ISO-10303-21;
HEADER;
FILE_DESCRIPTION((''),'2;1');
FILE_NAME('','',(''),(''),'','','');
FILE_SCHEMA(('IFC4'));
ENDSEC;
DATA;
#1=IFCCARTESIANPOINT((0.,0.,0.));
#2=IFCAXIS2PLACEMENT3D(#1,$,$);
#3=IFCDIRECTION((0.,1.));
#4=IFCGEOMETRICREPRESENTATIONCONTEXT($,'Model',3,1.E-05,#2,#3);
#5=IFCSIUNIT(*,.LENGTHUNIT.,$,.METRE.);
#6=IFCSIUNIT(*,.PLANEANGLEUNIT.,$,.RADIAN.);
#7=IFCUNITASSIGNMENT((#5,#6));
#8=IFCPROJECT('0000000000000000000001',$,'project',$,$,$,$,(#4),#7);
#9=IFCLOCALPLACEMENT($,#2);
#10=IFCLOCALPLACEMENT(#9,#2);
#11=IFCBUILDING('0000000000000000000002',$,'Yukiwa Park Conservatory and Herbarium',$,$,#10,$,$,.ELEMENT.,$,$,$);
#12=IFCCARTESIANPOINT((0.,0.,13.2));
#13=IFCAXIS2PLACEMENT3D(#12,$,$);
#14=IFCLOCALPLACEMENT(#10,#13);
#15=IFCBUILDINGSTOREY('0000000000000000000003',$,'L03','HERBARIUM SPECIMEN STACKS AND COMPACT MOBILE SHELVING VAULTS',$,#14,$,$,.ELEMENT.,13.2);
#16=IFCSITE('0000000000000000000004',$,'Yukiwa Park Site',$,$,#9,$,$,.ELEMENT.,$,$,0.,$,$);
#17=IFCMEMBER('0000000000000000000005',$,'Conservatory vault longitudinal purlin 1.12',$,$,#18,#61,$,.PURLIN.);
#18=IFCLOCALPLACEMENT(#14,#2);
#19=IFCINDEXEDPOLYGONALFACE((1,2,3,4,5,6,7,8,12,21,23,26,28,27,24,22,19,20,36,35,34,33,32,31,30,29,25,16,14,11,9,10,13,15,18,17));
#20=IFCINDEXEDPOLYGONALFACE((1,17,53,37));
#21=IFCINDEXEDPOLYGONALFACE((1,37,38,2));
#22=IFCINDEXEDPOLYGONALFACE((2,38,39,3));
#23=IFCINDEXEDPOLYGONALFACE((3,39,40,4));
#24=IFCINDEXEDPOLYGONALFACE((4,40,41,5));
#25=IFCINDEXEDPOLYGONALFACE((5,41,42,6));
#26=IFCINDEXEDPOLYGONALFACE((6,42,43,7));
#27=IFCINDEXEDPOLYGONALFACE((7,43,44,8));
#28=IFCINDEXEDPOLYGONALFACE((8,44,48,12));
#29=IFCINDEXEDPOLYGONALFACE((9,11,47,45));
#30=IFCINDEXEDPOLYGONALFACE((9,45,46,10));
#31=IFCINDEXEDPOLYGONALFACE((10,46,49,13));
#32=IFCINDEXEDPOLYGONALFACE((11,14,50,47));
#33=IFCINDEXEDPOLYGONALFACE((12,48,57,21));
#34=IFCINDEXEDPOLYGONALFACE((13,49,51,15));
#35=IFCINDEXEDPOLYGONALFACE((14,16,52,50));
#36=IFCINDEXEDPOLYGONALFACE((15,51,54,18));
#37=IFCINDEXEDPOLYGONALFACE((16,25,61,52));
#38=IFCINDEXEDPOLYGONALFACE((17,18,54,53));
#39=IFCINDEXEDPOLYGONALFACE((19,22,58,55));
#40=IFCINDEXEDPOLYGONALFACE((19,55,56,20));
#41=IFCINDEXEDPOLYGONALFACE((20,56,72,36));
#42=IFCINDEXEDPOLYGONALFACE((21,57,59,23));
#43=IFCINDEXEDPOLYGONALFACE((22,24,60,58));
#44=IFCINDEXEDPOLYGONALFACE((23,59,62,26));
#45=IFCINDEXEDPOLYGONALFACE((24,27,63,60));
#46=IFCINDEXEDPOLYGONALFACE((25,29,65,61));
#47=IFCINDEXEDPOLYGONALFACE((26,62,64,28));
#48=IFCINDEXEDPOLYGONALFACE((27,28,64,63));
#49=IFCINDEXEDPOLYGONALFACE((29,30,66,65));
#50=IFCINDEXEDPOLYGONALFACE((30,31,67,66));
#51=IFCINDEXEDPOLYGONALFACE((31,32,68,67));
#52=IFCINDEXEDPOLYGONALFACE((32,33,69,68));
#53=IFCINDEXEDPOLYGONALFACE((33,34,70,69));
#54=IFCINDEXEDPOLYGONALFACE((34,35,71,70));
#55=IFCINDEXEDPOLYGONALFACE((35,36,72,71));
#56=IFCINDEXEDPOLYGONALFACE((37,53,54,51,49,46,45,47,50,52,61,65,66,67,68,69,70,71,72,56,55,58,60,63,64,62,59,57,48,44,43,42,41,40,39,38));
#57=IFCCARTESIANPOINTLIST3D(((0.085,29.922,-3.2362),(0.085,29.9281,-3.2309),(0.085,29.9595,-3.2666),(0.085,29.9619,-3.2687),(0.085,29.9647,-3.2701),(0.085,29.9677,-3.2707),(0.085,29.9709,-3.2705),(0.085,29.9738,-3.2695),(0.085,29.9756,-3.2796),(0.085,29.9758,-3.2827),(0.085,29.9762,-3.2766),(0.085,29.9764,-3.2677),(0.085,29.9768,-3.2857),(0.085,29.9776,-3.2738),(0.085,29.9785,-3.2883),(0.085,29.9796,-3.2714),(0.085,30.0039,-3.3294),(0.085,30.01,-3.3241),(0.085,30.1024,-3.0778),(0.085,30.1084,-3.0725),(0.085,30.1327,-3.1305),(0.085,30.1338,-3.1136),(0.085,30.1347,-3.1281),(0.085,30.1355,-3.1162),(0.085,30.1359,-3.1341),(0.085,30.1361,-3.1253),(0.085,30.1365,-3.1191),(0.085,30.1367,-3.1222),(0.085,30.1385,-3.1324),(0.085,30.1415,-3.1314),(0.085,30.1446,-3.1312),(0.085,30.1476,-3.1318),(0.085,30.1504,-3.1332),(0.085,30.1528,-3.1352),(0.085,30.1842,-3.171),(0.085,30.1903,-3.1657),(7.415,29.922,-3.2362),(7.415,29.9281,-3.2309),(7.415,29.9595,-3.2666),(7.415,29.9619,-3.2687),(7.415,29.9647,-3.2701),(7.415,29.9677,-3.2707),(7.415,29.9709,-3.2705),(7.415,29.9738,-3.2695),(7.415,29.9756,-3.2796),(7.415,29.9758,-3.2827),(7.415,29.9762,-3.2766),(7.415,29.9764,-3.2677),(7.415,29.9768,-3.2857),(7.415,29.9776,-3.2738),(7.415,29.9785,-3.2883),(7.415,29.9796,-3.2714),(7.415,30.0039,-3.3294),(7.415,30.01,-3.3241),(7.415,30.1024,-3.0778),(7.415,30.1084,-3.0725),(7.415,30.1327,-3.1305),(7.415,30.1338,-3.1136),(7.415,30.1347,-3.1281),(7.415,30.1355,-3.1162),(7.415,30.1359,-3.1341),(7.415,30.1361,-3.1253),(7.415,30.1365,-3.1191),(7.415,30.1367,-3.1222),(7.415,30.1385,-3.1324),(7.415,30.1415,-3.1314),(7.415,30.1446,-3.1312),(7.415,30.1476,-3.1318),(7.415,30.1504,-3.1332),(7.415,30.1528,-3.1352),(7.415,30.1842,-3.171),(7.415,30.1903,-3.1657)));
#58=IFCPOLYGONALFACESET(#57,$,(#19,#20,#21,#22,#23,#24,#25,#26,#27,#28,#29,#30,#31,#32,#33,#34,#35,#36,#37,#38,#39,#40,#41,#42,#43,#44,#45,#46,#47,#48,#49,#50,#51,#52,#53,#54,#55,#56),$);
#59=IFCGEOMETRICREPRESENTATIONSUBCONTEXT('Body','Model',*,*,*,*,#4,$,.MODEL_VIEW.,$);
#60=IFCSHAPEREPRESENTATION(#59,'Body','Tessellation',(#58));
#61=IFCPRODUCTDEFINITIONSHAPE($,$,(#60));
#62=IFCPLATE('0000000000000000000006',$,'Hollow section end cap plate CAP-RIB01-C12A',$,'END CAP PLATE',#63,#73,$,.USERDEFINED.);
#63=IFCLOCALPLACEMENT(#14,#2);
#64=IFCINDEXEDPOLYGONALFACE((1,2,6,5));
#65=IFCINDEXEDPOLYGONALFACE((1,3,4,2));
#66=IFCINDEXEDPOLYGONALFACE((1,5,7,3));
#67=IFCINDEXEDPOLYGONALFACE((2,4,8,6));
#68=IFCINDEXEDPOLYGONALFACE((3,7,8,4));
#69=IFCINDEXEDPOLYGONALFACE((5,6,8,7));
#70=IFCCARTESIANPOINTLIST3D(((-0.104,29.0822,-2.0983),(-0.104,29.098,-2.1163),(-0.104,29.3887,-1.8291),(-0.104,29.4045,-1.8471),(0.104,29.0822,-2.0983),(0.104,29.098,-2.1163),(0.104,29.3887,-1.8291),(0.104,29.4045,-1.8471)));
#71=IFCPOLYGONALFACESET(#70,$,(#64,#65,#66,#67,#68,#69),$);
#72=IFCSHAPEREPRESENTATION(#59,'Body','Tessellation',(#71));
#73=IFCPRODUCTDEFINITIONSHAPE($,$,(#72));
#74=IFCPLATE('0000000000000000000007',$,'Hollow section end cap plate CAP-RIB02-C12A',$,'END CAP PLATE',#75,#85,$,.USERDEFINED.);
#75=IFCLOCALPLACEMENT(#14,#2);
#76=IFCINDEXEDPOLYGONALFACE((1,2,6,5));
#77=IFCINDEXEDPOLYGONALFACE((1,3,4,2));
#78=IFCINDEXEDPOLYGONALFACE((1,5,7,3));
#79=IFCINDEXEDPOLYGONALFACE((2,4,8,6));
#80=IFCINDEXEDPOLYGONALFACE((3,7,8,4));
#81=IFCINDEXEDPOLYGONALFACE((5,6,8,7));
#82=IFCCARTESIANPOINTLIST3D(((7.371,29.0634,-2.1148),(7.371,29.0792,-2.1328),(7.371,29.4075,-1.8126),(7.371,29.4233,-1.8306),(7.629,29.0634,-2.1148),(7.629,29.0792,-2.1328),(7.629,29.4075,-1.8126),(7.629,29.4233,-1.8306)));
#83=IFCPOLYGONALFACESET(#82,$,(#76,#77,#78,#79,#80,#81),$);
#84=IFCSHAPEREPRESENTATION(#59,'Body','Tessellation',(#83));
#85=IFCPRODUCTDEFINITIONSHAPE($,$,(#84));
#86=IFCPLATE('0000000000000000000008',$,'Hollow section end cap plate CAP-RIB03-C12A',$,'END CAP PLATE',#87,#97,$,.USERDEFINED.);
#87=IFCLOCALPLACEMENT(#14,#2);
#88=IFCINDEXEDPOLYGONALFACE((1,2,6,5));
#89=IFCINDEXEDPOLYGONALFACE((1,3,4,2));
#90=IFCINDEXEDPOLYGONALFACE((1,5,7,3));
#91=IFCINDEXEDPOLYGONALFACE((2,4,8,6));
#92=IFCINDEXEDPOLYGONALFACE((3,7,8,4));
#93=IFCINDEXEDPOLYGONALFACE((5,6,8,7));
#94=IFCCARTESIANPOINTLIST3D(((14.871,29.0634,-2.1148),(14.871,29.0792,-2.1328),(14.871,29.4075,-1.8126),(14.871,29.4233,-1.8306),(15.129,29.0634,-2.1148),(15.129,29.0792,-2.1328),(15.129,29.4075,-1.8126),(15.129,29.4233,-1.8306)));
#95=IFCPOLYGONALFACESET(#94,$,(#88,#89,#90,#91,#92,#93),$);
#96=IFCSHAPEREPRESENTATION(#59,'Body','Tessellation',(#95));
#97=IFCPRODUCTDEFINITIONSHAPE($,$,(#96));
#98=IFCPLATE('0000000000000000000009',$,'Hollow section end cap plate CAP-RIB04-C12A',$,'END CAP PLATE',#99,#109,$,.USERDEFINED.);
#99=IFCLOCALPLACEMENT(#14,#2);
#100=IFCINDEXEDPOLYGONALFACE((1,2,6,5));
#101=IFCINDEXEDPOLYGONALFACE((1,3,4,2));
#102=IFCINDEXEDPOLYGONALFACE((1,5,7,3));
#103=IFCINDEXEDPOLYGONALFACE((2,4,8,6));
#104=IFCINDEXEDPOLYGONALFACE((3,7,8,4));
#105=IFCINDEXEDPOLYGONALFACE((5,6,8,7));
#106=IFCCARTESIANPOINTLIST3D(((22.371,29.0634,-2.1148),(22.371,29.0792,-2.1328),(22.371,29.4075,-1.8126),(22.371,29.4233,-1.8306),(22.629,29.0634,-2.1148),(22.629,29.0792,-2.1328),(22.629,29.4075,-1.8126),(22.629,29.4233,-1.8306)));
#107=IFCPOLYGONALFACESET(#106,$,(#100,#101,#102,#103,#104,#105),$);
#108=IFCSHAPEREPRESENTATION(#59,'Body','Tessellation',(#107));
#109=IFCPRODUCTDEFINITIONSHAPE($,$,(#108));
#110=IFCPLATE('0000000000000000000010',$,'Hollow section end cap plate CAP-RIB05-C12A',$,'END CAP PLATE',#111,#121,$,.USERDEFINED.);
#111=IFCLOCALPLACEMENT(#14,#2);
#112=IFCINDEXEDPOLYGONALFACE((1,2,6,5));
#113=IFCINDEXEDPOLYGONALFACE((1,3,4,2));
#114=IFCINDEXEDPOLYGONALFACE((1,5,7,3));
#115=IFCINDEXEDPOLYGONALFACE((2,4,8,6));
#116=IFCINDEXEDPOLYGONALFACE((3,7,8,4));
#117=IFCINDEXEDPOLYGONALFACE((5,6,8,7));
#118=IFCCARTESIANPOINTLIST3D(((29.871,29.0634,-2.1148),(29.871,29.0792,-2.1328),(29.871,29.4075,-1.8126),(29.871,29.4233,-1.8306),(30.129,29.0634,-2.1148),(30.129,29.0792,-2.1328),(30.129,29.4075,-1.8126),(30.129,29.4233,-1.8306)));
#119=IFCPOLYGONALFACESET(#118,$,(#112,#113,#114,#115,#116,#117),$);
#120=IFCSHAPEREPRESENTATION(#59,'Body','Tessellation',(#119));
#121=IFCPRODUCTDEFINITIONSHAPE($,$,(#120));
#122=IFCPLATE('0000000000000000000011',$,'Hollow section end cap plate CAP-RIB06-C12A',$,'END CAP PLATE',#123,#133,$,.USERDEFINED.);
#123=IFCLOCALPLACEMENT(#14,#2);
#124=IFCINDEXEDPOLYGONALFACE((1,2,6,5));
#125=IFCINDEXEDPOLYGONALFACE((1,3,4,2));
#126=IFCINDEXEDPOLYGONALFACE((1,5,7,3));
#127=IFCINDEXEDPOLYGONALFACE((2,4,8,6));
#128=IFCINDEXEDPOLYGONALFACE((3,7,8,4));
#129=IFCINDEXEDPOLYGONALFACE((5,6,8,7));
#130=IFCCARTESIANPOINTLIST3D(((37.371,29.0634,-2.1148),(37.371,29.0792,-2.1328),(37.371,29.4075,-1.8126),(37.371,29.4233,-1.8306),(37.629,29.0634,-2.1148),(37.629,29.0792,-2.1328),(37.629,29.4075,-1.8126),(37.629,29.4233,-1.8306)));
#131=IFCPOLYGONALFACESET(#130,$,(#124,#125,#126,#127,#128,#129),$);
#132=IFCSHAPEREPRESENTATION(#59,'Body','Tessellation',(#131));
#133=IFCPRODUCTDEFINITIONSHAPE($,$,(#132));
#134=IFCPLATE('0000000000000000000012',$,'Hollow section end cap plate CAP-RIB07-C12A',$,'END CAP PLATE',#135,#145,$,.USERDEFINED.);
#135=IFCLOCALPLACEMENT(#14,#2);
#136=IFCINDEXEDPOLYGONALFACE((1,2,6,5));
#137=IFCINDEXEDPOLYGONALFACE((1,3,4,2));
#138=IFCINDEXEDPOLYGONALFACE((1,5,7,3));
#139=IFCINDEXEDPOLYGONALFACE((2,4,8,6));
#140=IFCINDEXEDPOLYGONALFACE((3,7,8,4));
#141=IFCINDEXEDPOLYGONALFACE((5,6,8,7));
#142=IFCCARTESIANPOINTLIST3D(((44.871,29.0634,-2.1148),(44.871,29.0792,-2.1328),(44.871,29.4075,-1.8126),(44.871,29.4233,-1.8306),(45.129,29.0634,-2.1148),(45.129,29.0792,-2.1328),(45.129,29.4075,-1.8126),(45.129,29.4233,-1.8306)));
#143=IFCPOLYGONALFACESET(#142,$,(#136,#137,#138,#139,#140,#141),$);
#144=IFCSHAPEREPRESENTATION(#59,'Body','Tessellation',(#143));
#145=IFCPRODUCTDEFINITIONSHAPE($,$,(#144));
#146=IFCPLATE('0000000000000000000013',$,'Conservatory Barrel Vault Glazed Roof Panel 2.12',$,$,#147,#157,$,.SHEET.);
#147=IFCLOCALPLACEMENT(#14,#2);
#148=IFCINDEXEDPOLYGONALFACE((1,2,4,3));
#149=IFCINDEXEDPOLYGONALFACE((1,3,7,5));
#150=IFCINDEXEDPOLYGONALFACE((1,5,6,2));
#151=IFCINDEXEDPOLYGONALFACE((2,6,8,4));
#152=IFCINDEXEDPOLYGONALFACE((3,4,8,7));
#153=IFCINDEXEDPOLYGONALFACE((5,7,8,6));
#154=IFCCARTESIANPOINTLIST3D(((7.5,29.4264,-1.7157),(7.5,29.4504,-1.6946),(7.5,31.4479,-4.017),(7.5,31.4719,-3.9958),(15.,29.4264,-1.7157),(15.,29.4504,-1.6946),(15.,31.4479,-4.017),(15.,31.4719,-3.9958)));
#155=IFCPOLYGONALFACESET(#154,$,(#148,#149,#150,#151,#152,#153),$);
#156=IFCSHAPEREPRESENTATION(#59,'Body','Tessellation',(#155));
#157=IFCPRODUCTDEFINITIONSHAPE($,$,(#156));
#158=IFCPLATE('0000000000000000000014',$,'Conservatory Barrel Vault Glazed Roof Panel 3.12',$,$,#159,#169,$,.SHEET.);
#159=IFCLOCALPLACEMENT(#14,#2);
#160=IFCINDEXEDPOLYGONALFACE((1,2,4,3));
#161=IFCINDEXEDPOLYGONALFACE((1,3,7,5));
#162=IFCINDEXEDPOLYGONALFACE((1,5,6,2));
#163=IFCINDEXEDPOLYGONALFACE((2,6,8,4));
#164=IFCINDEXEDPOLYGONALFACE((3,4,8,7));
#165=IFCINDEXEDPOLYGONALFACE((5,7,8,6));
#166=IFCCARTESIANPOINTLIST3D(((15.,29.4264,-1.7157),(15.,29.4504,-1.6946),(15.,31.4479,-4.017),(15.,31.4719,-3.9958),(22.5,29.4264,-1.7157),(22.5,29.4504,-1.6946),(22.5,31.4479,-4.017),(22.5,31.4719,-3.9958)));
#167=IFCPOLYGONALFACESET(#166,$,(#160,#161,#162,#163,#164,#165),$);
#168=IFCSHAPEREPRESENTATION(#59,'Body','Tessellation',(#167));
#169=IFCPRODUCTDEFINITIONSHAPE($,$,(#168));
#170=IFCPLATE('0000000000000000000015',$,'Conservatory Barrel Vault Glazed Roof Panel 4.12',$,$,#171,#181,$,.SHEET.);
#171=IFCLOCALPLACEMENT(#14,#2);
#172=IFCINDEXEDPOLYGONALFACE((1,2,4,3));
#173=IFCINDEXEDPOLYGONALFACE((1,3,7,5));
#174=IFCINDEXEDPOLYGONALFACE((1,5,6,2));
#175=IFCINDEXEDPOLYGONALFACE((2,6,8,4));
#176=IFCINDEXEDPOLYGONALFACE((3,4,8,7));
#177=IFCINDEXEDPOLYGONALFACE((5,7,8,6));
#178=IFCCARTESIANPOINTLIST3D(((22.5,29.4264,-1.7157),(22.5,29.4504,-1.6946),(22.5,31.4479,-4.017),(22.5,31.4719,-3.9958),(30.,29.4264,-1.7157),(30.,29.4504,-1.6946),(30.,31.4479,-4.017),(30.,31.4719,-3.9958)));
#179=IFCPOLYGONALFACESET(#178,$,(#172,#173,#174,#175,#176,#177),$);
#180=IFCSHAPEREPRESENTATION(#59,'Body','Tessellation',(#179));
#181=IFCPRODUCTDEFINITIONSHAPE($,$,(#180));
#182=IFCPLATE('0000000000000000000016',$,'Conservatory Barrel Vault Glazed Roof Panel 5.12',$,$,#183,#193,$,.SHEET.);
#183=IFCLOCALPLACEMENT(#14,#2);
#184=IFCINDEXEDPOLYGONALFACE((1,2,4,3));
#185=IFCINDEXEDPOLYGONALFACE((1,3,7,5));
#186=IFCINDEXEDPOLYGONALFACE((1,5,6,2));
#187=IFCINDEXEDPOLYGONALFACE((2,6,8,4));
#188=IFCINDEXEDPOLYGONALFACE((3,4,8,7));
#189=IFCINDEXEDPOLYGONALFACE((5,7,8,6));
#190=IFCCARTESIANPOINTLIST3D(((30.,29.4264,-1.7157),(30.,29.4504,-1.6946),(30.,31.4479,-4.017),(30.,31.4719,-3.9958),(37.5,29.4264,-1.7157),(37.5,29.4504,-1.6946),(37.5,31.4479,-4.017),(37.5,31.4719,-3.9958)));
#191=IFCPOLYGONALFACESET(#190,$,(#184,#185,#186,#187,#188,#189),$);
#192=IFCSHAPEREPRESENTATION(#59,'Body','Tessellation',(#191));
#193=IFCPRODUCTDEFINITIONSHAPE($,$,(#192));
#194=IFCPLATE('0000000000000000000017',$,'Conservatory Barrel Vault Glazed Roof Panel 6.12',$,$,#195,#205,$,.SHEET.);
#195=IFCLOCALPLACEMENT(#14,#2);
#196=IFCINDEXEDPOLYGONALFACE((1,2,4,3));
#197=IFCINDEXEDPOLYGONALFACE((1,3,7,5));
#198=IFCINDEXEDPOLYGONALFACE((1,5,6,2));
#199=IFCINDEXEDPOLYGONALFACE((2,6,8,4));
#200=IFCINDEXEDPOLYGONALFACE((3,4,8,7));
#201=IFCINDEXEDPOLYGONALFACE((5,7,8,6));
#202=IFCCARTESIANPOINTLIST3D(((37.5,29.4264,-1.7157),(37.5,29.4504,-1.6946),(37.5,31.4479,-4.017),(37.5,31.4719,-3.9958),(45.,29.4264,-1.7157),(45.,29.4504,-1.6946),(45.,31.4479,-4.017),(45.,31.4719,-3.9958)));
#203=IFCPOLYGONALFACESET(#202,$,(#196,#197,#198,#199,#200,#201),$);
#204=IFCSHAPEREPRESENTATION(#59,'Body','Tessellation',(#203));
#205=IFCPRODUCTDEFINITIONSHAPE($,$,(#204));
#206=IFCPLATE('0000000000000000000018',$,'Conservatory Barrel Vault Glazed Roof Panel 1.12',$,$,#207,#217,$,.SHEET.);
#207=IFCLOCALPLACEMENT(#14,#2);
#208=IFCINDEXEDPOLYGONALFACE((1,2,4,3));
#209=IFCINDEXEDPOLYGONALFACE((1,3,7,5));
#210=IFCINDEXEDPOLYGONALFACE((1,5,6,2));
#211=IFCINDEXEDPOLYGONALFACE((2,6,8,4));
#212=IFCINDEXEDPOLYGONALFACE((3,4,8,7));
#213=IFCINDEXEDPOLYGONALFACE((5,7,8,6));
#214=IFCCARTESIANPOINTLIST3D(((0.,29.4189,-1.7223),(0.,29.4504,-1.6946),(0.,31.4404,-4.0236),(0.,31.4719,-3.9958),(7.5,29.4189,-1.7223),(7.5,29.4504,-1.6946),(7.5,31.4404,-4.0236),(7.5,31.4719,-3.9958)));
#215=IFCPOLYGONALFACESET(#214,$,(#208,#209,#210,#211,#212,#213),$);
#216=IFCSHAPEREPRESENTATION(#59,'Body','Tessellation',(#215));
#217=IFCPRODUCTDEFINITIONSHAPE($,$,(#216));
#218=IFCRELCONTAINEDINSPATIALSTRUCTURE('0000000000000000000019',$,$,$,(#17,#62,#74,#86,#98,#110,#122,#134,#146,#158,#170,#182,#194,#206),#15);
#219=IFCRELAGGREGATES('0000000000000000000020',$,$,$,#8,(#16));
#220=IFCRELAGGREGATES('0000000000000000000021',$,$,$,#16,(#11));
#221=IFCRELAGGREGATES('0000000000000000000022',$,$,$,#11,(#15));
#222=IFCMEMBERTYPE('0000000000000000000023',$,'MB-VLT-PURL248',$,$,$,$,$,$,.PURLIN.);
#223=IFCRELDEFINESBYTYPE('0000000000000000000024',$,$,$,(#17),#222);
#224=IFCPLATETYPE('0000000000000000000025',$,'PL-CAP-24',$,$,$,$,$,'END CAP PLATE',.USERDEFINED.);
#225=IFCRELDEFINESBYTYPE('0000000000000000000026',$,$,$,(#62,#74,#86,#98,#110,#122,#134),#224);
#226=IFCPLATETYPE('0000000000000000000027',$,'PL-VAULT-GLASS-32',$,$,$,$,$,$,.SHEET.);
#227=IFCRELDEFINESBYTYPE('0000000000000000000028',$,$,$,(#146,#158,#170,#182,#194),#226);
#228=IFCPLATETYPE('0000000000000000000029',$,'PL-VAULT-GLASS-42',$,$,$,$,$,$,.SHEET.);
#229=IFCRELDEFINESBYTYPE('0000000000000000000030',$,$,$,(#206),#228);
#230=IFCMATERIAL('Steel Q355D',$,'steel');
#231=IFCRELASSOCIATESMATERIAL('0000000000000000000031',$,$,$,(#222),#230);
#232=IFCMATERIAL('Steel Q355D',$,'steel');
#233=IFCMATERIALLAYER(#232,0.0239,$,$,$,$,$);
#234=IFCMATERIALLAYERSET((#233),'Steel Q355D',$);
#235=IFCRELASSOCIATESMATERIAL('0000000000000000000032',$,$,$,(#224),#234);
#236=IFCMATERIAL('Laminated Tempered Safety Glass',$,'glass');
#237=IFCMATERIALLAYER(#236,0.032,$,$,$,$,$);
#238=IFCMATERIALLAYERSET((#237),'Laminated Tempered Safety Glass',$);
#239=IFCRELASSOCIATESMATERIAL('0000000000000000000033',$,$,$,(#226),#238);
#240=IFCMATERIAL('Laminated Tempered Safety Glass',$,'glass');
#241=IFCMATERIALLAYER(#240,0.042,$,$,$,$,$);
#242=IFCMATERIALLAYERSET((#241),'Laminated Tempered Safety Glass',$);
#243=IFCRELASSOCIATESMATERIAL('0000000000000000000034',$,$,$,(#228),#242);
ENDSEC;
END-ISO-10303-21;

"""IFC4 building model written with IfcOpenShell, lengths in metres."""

from ifc_helpers import new_model, si_unit, direction, frame, origin, origin_2d, place, context, subcontext, project, spatial, polyline, rectangle, i_section, outline, extrude, material, layer, layer_set, material_profile, profile_set, type_object, element, save


model = new_model("IFC4")

# Units and contexts
model_context = context("Model", 3, precision=1e-05, world=origin(), true_north=direction((0.0, 1.0)))
body_context = subcontext(model_context, "Body", "Model", "MODEL_VIEW")
ifc_project = project(units=[si_unit("LENGTHUNIT", "METRE"), si_unit("PLANEANGLEUNIT", "RADIAN")], contexts=[model_context])

# Site, building, storey
site_placement = place(None, origin())
site = spatial("IfcSite", under=ifc_project, at=site_placement, Name="Yukiwa Park Site", CompositionType="ELEMENT", RefElevation=0.0)
building_placement = place(site_placement, origin())
building = spatial("IfcBuilding", under=site, at=building_placement, Name="Yukiwa Park Conservatory and Herbarium", CompositionType="ELEMENT")
storey_placement = place(building_placement, frame((0.0, 0.0, 13.2)))
storey = spatial("IfcBuildingStorey", under=building, at=storey_placement, Name="L03", Description="HERBARIUM SPECIMEN STACKS AND COMPACT MOBILE SHELVING VAULTS", CompositionType="ELEMENT", Elevation=13.2)

# Member
ifc_material_1 = material(Name="Steel Q355D", Category="steel")
ifc_material_profile_1 = material_profile(ifc_material_1, i_section(OverallWidth=0.124, OverallDepth=0.248, WebThickness=0.0049, FlangeThickness=0.0081, FilletRadius=0.012, at=origin_2d()), Name="HN 248x124x5x8")
ifc_profile_set_1 = profile_set([ifc_material_profile_1], Name="Steel Q355D")
member_type_1 = type_object("IfcMemberType", Name="MB-VLT-PURL248", PredefinedType="PURLIN", material=ifc_profile_set_1)
member_placement = place(storey_placement, frame((0.085, 30.0562, -3.2009), z_axis=(1.0, 0.0, 0.0), x_axis=(0.0, 0.659968, -0.751294)))
element("IfcMember", 1, at=member_placement, inside=storey, type_object=member_type_1, Name="Conservatory vault longitudinal purlin 1.12", PredefinedType="PURLIN", context=body_context, shape_type="SweptSolid", body=[
    extrude(i_section(OverallWidth=0.124, OverallDepth=0.248, WebThickness=0.0049, FlangeThickness=0.0081, FilletRadius=0.012, at=origin_2d()), origin(), (0.0, 0.0, 1.0), 7.3301),
])

# Plates
ifc_material_2 = material(Name="Steel Q355D", Category="steel")
ifc_layer_1 = layer(ifc_material_2, 0.0239)
ifc_layer_set_1 = layer_set([ifc_layer_1], Name="Steel Q355D")
plate_type_1 = type_object("IfcPlateType", Name="PL-CAP-24", ElementType="END CAP PLATE", PredefinedType="USERDEFINED", material=ifc_layer_set_1)
plate_1_placement = place(storey_placement, frame((0.0, 29.2512, -1.9817), z_axis=(0.0, -0.659941, 0.751317), x_axis=(1.0, 0.0, 0.0)))
element("IfcPlate", 2, at=plate_1_placement, inside=storey, type_object=plate_type_1, Name="Hollow section end cap plate CAP-RIB01-C12A", ObjectType="END CAP PLATE", PredefinedType="USERDEFINED", context=body_context, shape_type="SweptSolid", body=[
    extrude(rectangle(XDim=0.208, YDim=0.408, at=origin_2d()), origin(), (0.0, 0.0, 1.0), 0.0239),
])
for number, where, z_axis, x_axis, name in (
    (3, (7.5, 29.2512, -1.9817), (0.0, -0.659941, 0.751317), (1.0, 0.0, 0.0), "Hollow section end cap plate CAP-RIB02-C12A"),
    (4, (15.0, 29.2512, -1.9817), (0.0, -0.659941, 0.751317), (1.0, 0.0, 0.0), "Hollow section end cap plate CAP-RIB03-C12A"),
    (5, (22.5, 29.2512, -1.9817), (0.0, -0.659941, 0.751317), (1.0, 0.0, 0.0), "Hollow section end cap plate CAP-RIB04-C12A"),
    (6, (30.0, 29.2512, -1.9817), (0.0, -0.659941, 0.751317), (1.0, 0.0, 0.0), "Hollow section end cap plate CAP-RIB05-C12A"),
    (7, (37.5, 29.2512, -1.9817), (0.0, -0.659941, 0.751317), (1.0, 0.0, 0.0), "Hollow section end cap plate CAP-RIB06-C12A"),
    (8, (45.0, 29.2512, -1.9817), (0.0, -0.659941, 0.751317), (1.0, 0.0, 0.0), "Hollow section end cap plate CAP-RIB07-C12A"),
):
    element("IfcPlate", number, at=place(storey_placement, frame(where, z_axis=z_axis, x_axis=x_axis)), inside=storey, type_object=plate_type_1, Name=name, ObjectType="END CAP PLATE", PredefinedType="USERDEFINED", context=body_context, shape_type="SweptSolid", body=[
        extrude(rectangle(XDim=0.2581, YDim=0.458, at=origin_2d()), origin(), (0.0, 0.0, 1.0), 0.0239),
    ])
ifc_material_3 = material(Name="Laminated Tempered Safety Glass", Category="glass")
ifc_layer_2 = layer(ifc_material_3, 0.032)
ifc_layer_set_2 = layer_set([ifc_layer_2], Name="Laminated Tempered Safety Glass")
plate_type_2 = type_object("IfcPlateType", Name="PL-VAULT-GLASS-32", PredefinedType="SHEET", material=ifc_layer_set_2)
for number, where, z_axis, x_axis, name in (
    (9, (7.5, 29.4504, -1.6946), (0.0, 0.751301, 0.659959), (1.0, 0.0, 0.0), "Conservatory Barrel Vault Glazed Roof Panel 2.12"),
    (10, (15.0, 29.4504, -1.6946), (0.0, 0.751301, 0.659959), (1.0, 0.0, 0.0), "Conservatory Barrel Vault Glazed Roof Panel 3.12"),
    (11, (22.5, 29.4504, -1.6946), (0.0, 0.751301, 0.659959), (1.0, 0.0, 0.0), "Conservatory Barrel Vault Glazed Roof Panel 4.12"),
    (12, (30.0, 29.4504, -1.6946), (0.0, 0.751301, 0.659959), (1.0, 0.0, 0.0), "Conservatory Barrel Vault Glazed Roof Panel 5.12"),
    (13, (37.5, 29.4504, -1.6946), (0.0, 0.751301, 0.659959), (1.0, 0.0, 0.0), "Conservatory Barrel Vault Glazed Roof Panel 6.12"),
):
    element("IfcPlate", number, at=place(storey_placement, frame(where, z_axis=z_axis, x_axis=x_axis)), inside=storey, type_object=plate_type_2, Name=name, PredefinedType="SHEET", context=body_context, shape_type="SweptSolid", body=[
        extrude(outline(polyline([(0.0, 0.0), (7.5, 0.0), (7.5, 3.063), (0.0, 3.063), (0.0, 0.0)])), origin(), (0.0, 0.0, -1.0), 0.032),
    ])
ifc_material_4 = material(Name="Laminated Tempered Safety Glass", Category="glass")
ifc_layer_3 = layer(ifc_material_4, 0.042)
ifc_layer_set_3 = layer_set([ifc_layer_3], Name="Laminated Tempered Safety Glass")
plate_type_3 = type_object("IfcPlateType", Name="PL-VAULT-GLASS-42", PredefinedType="SHEET", material=ifc_layer_set_3)
plate_2_placement = place(storey_placement, frame((0.0, 29.4504, -1.6946), z_axis=(0.0, 0.751301, 0.659959), x_axis=(1.0, 0.0, 0.0)))
element("IfcPlate", 14, at=plate_2_placement, inside=storey, type_object=plate_type_3, Name="Conservatory Barrel Vault Glazed Roof Panel 1.12", PredefinedType="SHEET", context=body_context, shape_type="SweptSolid", body=[
    extrude(outline(polyline([(0.0, 0.0), (7.5, 0.0), (7.5, 3.063), (0.0, 3.063), (0.0, 0.0)])), origin(), (0.0, 0.0, -1.0), 0.042),
])

save(model, "model.ifc")
